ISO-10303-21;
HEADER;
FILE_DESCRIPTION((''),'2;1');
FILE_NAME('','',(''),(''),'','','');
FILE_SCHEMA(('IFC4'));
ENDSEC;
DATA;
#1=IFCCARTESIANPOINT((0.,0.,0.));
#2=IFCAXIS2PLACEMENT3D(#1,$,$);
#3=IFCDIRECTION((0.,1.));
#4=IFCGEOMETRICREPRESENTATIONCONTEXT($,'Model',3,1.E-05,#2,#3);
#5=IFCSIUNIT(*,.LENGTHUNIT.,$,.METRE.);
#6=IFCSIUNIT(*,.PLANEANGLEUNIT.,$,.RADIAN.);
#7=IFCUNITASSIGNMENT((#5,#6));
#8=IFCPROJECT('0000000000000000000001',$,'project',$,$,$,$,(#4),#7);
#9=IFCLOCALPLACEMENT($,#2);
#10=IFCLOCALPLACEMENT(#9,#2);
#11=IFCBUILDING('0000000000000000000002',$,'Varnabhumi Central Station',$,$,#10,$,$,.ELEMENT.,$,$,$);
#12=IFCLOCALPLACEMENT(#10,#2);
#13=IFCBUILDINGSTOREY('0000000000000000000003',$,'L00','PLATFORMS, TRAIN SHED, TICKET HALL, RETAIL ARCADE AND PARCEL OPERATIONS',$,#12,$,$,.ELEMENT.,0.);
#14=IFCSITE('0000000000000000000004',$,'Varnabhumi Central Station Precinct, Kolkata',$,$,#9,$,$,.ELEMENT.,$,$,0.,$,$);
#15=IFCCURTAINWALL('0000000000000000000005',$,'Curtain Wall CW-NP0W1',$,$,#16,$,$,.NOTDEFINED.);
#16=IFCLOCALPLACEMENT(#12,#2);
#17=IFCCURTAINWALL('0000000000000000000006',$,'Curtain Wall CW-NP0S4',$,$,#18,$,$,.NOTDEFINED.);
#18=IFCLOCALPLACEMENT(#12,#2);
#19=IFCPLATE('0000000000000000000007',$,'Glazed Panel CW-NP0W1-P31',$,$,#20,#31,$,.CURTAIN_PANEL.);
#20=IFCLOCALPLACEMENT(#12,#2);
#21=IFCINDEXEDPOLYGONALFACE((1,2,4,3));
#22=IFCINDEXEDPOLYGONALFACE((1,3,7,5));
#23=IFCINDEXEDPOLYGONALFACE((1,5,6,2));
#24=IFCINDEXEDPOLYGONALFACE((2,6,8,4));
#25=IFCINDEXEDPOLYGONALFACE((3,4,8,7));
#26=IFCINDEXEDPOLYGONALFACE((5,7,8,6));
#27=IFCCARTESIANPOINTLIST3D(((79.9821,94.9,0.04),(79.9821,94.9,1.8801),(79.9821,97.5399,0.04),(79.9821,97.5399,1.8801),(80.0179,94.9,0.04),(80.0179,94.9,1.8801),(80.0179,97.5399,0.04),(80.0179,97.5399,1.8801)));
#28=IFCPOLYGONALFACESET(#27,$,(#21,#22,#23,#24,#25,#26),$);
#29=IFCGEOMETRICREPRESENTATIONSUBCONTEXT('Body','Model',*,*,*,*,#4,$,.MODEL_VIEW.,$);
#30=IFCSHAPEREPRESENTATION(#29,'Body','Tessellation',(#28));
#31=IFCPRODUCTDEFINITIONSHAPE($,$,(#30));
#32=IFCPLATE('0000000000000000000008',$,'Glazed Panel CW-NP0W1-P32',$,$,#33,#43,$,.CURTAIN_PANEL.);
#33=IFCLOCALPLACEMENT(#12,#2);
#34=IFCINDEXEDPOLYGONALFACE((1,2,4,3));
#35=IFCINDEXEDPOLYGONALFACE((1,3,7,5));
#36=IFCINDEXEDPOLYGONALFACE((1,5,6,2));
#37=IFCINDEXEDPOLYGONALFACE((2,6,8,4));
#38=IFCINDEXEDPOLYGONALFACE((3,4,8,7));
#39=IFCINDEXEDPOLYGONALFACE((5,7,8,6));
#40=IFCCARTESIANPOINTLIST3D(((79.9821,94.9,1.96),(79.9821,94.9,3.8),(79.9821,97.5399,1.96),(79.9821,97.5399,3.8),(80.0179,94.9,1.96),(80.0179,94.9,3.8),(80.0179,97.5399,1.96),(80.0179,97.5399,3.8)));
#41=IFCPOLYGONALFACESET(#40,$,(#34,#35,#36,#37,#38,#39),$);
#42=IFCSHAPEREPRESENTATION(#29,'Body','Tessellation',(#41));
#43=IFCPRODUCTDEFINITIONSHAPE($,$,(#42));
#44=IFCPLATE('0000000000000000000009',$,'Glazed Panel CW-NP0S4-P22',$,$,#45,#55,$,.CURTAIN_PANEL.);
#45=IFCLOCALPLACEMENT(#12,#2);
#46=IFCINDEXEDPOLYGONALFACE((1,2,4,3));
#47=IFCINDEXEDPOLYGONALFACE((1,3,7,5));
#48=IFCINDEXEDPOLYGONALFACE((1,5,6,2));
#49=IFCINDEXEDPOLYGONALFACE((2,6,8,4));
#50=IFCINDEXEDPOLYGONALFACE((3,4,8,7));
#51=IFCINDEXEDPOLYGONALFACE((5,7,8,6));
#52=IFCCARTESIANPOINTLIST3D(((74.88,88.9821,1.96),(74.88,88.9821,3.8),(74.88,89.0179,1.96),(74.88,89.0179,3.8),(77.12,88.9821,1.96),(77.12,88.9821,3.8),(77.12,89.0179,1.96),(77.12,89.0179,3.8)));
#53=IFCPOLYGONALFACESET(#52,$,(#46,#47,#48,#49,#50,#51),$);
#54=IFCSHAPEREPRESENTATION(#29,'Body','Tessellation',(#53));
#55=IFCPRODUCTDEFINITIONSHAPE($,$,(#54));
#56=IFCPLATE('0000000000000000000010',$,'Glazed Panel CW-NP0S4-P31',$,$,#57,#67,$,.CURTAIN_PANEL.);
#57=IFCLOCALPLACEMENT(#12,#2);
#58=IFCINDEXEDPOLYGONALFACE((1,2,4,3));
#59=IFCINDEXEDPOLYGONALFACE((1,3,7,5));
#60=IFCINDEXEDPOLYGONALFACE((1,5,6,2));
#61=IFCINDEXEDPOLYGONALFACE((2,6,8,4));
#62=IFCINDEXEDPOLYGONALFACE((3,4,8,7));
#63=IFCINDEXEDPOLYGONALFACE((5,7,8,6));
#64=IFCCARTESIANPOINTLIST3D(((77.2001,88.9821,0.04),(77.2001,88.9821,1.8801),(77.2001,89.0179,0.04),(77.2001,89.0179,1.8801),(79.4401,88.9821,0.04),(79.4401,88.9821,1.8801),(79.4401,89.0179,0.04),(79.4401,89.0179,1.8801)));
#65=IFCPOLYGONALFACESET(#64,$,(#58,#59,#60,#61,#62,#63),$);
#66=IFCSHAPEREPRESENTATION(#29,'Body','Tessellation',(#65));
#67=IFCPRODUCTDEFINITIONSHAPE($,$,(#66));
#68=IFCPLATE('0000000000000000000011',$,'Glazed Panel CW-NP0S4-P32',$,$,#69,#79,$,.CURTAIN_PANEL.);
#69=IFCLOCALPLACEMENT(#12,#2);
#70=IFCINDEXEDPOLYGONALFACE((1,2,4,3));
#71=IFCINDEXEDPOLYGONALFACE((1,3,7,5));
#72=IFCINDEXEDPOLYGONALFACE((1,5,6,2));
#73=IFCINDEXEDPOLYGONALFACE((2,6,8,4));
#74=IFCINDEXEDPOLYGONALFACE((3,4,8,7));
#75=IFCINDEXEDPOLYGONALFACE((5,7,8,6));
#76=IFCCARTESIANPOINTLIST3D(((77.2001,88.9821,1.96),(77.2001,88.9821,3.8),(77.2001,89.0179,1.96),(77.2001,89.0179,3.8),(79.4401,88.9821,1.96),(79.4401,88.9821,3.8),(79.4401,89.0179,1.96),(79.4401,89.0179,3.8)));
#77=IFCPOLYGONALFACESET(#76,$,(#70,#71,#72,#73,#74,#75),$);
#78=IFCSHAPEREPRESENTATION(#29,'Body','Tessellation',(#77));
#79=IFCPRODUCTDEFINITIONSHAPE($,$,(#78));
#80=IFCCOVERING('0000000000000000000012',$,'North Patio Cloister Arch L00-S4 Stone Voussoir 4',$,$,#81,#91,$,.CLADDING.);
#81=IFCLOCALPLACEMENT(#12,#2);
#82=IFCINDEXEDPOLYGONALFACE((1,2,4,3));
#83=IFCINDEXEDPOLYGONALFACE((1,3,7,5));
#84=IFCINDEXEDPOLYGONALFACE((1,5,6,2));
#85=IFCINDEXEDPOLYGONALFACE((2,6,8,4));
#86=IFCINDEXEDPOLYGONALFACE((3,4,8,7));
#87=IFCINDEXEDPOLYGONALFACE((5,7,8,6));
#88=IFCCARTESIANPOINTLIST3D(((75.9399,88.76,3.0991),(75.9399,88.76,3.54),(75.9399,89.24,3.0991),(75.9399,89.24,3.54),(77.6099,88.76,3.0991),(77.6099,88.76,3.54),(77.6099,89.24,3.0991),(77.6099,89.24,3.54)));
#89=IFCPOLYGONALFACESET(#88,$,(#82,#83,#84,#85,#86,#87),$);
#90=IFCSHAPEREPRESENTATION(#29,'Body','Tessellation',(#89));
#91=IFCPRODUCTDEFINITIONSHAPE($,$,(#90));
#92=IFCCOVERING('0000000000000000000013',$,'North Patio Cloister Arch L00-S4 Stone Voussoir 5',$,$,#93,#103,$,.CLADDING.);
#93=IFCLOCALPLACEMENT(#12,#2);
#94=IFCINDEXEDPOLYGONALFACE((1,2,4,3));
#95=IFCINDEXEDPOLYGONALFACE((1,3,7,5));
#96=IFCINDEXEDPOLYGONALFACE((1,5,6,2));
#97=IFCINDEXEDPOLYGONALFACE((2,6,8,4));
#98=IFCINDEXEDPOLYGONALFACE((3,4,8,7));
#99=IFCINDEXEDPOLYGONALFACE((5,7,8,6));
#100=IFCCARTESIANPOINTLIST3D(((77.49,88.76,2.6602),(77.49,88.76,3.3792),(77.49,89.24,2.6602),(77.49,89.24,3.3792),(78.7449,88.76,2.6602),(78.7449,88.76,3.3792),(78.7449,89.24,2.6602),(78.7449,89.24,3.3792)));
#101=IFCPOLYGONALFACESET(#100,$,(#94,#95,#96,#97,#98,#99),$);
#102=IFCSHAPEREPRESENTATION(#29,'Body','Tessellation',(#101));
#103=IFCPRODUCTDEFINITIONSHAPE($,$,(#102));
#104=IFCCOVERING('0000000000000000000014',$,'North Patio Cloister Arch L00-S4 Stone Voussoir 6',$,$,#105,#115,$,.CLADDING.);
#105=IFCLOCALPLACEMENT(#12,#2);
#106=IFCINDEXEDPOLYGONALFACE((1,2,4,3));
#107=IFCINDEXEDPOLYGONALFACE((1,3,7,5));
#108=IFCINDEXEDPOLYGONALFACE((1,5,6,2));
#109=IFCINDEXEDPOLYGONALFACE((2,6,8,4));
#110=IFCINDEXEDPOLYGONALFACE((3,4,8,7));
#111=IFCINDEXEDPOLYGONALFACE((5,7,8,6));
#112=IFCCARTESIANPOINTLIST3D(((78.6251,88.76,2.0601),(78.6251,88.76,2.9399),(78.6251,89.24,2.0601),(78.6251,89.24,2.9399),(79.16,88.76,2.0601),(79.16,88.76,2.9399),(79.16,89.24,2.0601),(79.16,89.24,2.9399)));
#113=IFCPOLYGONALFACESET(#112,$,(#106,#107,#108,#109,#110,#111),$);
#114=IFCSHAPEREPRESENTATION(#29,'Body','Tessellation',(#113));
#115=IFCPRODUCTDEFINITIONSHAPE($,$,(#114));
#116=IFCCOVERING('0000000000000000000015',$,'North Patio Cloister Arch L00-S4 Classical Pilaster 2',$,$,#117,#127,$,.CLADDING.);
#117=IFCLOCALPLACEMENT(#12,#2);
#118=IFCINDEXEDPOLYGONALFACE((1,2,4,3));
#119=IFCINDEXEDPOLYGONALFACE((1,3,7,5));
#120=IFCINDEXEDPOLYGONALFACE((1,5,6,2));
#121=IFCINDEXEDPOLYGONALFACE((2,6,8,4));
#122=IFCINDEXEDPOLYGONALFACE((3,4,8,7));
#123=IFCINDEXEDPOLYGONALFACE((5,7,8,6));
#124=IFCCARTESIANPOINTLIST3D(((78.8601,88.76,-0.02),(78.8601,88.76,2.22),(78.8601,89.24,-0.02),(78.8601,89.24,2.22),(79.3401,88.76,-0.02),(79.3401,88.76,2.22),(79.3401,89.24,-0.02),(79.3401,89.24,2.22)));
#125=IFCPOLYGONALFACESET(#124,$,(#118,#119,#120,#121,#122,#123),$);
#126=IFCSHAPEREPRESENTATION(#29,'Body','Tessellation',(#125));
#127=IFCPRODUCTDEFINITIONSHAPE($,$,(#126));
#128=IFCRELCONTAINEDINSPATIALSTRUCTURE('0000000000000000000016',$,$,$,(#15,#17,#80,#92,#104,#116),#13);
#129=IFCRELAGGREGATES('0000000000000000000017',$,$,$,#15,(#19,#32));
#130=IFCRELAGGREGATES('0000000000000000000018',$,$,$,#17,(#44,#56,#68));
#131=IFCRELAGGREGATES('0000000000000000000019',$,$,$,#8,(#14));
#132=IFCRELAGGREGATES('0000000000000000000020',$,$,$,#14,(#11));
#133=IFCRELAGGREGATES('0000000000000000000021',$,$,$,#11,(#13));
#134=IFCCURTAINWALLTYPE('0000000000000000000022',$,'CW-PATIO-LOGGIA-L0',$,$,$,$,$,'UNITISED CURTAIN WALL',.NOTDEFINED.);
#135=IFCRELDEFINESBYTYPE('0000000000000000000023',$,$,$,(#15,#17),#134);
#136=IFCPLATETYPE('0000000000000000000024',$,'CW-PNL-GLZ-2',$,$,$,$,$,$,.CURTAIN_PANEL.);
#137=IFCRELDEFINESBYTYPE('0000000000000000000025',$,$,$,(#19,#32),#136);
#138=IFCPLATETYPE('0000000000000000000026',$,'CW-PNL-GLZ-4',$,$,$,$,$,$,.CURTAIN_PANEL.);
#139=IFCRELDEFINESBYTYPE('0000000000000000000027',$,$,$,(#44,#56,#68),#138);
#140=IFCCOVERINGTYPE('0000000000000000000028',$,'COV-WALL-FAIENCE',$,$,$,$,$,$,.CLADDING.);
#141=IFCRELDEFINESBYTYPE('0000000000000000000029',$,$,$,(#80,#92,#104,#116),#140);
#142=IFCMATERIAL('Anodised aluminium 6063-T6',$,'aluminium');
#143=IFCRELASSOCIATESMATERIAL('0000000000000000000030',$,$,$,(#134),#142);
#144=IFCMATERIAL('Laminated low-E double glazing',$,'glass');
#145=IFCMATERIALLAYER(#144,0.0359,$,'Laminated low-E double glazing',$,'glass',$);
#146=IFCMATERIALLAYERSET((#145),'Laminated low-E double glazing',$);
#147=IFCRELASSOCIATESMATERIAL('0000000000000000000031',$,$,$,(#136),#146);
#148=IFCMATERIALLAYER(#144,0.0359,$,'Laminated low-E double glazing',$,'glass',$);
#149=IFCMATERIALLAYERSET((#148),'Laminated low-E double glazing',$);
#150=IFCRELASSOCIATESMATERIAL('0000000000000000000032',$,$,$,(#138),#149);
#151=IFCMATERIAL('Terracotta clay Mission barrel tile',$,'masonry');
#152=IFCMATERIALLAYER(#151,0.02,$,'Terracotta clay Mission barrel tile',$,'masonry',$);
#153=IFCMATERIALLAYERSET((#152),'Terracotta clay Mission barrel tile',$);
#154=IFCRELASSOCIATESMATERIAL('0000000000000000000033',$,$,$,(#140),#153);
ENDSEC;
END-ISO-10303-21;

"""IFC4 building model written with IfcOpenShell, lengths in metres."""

from ifc_helpers import new_model, si_unit, direction, frame, origin, origin_2d, place, context, subcontext, project, spatial, rectangle, extrude, material, layer, layer_set, type_object, element, aggregate, save


model = new_model("IFC4")

# Units and contexts
model_context = context("Model", 3, precision=1e-05, world=origin(), true_north=direction((0.0, 1.0)))
body_context = subcontext(model_context, "Body", "Model", "MODEL_VIEW")
ifc_project = project(units=[si_unit("LENGTHUNIT", "METRE"), si_unit("PLANEANGLEUNIT", "RADIAN")], contexts=[model_context])

# Site, building, storey
site_placement = place(None, origin())
site = spatial("IfcSite", under=ifc_project, at=site_placement, Name="Varnabhumi Central Station Precinct, Kolkata", CompositionType="ELEMENT", RefElevation=0.0)
building_placement = place(site_placement, origin())
building = spatial("IfcBuilding", under=site, at=building_placement, Name="Varnabhumi Central Station", CompositionType="ELEMENT")
storey_placement = place(building_placement, origin())
storey = spatial("IfcBuildingStorey", under=building, at=storey_placement, Name="L00", Description="PLATFORMS, TRAIN SHED, TICKET HALL, RETAIL ARCADE AND PARCEL OPERATIONS", CompositionType="ELEMENT", Elevation=0.0)

# Curtain walls
ifc_material_1 = material(Name="Anodised aluminium 6063-T6", Category="aluminium")
curtain_wall_type = type_object("IfcCurtainWallType", Name="CW-PATIO-LOGGIA-L0", ElementType="UNITISED CURTAIN WALL", PredefinedType="NOTDEFINED", material=ifc_material_1)
curtain_wall_1_placement = place(storey_placement, origin())
curtain_wall_1 = element("IfcCurtainWall", 1, at=curtain_wall_1_placement, inside=storey, type_object=curtain_wall_type, Name="Curtain Wall CW-NP0W1", PredefinedType="NOTDEFINED")
curtain_wall_2_placement = place(storey_placement, origin())
curtain_wall_2 = element("IfcCurtainWall", 2, at=curtain_wall_2_placement, inside=storey, type_object=curtain_wall_type, Name="Curtain Wall CW-NP0S4", PredefinedType="NOTDEFINED")

# Plates
ifc_material_2 = material(Name="Laminated low-E double glazing", Category="glass")
ifc_layer_1 = layer(ifc_material_2, 0.0359, Name="Laminated low-E double glazing", Category="glass")
ifc_layer_set_1 = layer_set([ifc_layer_1], Name="Laminated low-E double glazing")
plate_type_1 = type_object("IfcPlateType", Name="CW-PNL-GLZ-2", PredefinedType="CURTAIN_PANEL", material=ifc_layer_set_1)
plate_1_placement = place(storey_placement, frame((80.0, 96.22, 0.04), z_axis=(0.0, 0.0, 1.0), x_axis=(0.0, 1.0, 0.0)))
plate_1 = element("IfcPlate", 3, at=plate_1_placement, type_object=plate_type_1, Name="Glazed Panel CW-NP0W1-P31", PredefinedType="CURTAIN_PANEL", context=body_context, shape_type="SweptSolid", body=[
    extrude(rectangle(XDim=2.6399, YDim=0.0359, at=origin_2d()), origin(), (0.0, 0.0, 1.0), 1.8401),
])
plate_2_placement = place(storey_placement, frame((80.0, 96.22, 1.96), z_axis=(0.0, 0.0, 1.0), x_axis=(0.0, 1.0, 0.0)))
plate_2 = element("IfcPlate", 4, at=plate_2_placement, type_object=plate_type_1, Name="Glazed Panel CW-NP0W1-P32", PredefinedType="CURTAIN_PANEL", context=body_context, shape_type="SweptSolid", body=[
    extrude(rectangle(XDim=2.6399, YDim=0.0359, at=origin_2d()), origin(), (0.0, 0.0, 1.0), 1.8401),
])
aggregate(curtain_wall_1, [plate_1, plate_2])
ifc_layer_2 = layer(ifc_material_2, 0.0359, Name="Laminated low-E double glazing", Category="glass")
ifc_layer_set_2 = layer_set([ifc_layer_2], Name="Laminated low-E double glazing")
plate_type_2 = type_object("IfcPlateType", Name="CW-PNL-GLZ-4", PredefinedType="CURTAIN_PANEL", material=ifc_layer_set_2)
plate_3_placement = place(storey_placement, frame((76.0, 89.0, 1.96), z_axis=(0.0, 0.0, 1.0), x_axis=(1.0, 0.0, 0.0)))
plate_3 = element("IfcPlate", 5, at=plate_3_placement, type_object=plate_type_2, Name="Glazed Panel CW-NP0S4-P22", PredefinedType="CURTAIN_PANEL", context=body_context, shape_type="SweptSolid", body=[
    extrude(rectangle(XDim=2.24, YDim=0.0359, at=origin_2d()), origin(), (0.0, 0.0, 1.0), 1.8401),
])
plate_4_placement = place(storey_placement, frame((78.3201, 89.0, 0.04), z_axis=(0.0, 0.0, 1.0), x_axis=(1.0, 0.0, 0.0)))
plate_4 = element("IfcPlate", 6, at=plate_4_placement, type_object=plate_type_2, Name="Glazed Panel CW-NP0S4-P31", PredefinedType="CURTAIN_PANEL", context=body_context, shape_type="SweptSolid", body=[
    extrude(rectangle(XDim=2.24, YDim=0.0359, at=origin_2d()), origin(), (0.0, 0.0, 1.0), 1.8401),
])
plate_5_placement = place(storey_placement, frame((78.3201, 89.0, 1.96), z_axis=(0.0, 0.0, 1.0), x_axis=(1.0, 0.0, 0.0)))
plate_5 = element("IfcPlate", 7, at=plate_5_placement, type_object=plate_type_2, Name="Glazed Panel CW-NP0S4-P32", PredefinedType="CURTAIN_PANEL", context=body_context, shape_type="SweptSolid", body=[
    extrude(rectangle(XDim=2.24, YDim=0.0359, at=origin_2d()), origin(), (0.0, 0.0, 1.0), 1.8401),
])
aggregate(curtain_wall_2, [plate_3, plate_4, plate_5])

# Coverings
ifc_material_3 = material(Name="Terracotta clay Mission barrel tile", Category="masonry")
ifc_layer_3 = layer(ifc_material_3, 0.02, Name="Terracotta clay Mission barrel tile", Category="masonry")
ifc_layer_set_3 = layer_set([ifc_layer_3], Name="Terracotta clay Mission barrel tile")
covering_type = type_object("IfcCoveringType", Name="COV-WALL-FAIENCE", PredefinedType="CLADDING", material=ifc_layer_set_3)
covering_1_placement = place(storey_placement, frame((76.7749, 89.0, 3.0991), z_axis=(0.0, 0.0, 1.0), x_axis=(1.0, 0.0, 0.0)))
element("IfcCovering", 8, at=covering_1_placement, inside=storey, type_object=covering_type, Name="North Patio Cloister Arch L00-S4 Stone Voussoir 4", PredefinedType="CLADDING", context=body_context, shape_type="SweptSolid", body=[
    extrude(rectangle(XDim=1.6699, YDim=0.48, at=origin_2d()), origin(), (0.0, 0.0, 1.0), 0.4409),
])
covering_2_placement = place(storey_placement, frame((78.1174, 89.0, 2.6602), z_axis=(0.0, 0.0, 1.0), x_axis=(1.0, 0.0, 0.0)))
element("IfcCovering", 9, at=covering_2_placement, inside=storey, type_object=covering_type, Name="North Patio Cloister Arch L00-S4 Stone Voussoir 5", PredefinedType="CLADDING", context=body_context, shape_type="SweptSolid", body=[
    extrude(rectangle(XDim=1.2549, YDim=0.48, at=origin_2d()), origin(), (0.0, 0.0, 1.0), 0.719),
])
covering_3_placement = place(storey_placement, frame((78.8926, 89.0, 2.0601), z_axis=(0.0, 0.0, 1.0), x_axis=(1.0, 0.0, 0.0)))
element("IfcCovering", 10, at=covering_3_placement, inside=storey, type_object=covering_type, Name="North Patio Cloister Arch L00-S4 Stone Voussoir 6", PredefinedType="CLADDING", context=body_context, shape_type="SweptSolid", body=[
    extrude(rectangle(XDim=0.5349, YDim=0.48, at=origin_2d()), origin(), (0.0, 0.0, 1.0), 0.8799),
])
covering_4_placement = place(storey_placement, frame((79.1001, 89.0, -0.02), z_axis=(0.0, 0.0, 1.0), x_axis=(1.0, 0.0, 0.0)))
element("IfcCovering", 11, at=covering_4_placement, inside=storey, type_object=covering_type, Name="North Patio Cloister Arch L00-S4 Classical Pilaster 2", PredefinedType="CLADDING", context=body_context, shape_type="SweptSolid", body=[
    extrude(rectangle(XDim=0.48, YDim=0.48, at=origin_2d()), origin(), (0.0, 0.0, 1.0), 2.24),
])

save(model, "model.ifc")
